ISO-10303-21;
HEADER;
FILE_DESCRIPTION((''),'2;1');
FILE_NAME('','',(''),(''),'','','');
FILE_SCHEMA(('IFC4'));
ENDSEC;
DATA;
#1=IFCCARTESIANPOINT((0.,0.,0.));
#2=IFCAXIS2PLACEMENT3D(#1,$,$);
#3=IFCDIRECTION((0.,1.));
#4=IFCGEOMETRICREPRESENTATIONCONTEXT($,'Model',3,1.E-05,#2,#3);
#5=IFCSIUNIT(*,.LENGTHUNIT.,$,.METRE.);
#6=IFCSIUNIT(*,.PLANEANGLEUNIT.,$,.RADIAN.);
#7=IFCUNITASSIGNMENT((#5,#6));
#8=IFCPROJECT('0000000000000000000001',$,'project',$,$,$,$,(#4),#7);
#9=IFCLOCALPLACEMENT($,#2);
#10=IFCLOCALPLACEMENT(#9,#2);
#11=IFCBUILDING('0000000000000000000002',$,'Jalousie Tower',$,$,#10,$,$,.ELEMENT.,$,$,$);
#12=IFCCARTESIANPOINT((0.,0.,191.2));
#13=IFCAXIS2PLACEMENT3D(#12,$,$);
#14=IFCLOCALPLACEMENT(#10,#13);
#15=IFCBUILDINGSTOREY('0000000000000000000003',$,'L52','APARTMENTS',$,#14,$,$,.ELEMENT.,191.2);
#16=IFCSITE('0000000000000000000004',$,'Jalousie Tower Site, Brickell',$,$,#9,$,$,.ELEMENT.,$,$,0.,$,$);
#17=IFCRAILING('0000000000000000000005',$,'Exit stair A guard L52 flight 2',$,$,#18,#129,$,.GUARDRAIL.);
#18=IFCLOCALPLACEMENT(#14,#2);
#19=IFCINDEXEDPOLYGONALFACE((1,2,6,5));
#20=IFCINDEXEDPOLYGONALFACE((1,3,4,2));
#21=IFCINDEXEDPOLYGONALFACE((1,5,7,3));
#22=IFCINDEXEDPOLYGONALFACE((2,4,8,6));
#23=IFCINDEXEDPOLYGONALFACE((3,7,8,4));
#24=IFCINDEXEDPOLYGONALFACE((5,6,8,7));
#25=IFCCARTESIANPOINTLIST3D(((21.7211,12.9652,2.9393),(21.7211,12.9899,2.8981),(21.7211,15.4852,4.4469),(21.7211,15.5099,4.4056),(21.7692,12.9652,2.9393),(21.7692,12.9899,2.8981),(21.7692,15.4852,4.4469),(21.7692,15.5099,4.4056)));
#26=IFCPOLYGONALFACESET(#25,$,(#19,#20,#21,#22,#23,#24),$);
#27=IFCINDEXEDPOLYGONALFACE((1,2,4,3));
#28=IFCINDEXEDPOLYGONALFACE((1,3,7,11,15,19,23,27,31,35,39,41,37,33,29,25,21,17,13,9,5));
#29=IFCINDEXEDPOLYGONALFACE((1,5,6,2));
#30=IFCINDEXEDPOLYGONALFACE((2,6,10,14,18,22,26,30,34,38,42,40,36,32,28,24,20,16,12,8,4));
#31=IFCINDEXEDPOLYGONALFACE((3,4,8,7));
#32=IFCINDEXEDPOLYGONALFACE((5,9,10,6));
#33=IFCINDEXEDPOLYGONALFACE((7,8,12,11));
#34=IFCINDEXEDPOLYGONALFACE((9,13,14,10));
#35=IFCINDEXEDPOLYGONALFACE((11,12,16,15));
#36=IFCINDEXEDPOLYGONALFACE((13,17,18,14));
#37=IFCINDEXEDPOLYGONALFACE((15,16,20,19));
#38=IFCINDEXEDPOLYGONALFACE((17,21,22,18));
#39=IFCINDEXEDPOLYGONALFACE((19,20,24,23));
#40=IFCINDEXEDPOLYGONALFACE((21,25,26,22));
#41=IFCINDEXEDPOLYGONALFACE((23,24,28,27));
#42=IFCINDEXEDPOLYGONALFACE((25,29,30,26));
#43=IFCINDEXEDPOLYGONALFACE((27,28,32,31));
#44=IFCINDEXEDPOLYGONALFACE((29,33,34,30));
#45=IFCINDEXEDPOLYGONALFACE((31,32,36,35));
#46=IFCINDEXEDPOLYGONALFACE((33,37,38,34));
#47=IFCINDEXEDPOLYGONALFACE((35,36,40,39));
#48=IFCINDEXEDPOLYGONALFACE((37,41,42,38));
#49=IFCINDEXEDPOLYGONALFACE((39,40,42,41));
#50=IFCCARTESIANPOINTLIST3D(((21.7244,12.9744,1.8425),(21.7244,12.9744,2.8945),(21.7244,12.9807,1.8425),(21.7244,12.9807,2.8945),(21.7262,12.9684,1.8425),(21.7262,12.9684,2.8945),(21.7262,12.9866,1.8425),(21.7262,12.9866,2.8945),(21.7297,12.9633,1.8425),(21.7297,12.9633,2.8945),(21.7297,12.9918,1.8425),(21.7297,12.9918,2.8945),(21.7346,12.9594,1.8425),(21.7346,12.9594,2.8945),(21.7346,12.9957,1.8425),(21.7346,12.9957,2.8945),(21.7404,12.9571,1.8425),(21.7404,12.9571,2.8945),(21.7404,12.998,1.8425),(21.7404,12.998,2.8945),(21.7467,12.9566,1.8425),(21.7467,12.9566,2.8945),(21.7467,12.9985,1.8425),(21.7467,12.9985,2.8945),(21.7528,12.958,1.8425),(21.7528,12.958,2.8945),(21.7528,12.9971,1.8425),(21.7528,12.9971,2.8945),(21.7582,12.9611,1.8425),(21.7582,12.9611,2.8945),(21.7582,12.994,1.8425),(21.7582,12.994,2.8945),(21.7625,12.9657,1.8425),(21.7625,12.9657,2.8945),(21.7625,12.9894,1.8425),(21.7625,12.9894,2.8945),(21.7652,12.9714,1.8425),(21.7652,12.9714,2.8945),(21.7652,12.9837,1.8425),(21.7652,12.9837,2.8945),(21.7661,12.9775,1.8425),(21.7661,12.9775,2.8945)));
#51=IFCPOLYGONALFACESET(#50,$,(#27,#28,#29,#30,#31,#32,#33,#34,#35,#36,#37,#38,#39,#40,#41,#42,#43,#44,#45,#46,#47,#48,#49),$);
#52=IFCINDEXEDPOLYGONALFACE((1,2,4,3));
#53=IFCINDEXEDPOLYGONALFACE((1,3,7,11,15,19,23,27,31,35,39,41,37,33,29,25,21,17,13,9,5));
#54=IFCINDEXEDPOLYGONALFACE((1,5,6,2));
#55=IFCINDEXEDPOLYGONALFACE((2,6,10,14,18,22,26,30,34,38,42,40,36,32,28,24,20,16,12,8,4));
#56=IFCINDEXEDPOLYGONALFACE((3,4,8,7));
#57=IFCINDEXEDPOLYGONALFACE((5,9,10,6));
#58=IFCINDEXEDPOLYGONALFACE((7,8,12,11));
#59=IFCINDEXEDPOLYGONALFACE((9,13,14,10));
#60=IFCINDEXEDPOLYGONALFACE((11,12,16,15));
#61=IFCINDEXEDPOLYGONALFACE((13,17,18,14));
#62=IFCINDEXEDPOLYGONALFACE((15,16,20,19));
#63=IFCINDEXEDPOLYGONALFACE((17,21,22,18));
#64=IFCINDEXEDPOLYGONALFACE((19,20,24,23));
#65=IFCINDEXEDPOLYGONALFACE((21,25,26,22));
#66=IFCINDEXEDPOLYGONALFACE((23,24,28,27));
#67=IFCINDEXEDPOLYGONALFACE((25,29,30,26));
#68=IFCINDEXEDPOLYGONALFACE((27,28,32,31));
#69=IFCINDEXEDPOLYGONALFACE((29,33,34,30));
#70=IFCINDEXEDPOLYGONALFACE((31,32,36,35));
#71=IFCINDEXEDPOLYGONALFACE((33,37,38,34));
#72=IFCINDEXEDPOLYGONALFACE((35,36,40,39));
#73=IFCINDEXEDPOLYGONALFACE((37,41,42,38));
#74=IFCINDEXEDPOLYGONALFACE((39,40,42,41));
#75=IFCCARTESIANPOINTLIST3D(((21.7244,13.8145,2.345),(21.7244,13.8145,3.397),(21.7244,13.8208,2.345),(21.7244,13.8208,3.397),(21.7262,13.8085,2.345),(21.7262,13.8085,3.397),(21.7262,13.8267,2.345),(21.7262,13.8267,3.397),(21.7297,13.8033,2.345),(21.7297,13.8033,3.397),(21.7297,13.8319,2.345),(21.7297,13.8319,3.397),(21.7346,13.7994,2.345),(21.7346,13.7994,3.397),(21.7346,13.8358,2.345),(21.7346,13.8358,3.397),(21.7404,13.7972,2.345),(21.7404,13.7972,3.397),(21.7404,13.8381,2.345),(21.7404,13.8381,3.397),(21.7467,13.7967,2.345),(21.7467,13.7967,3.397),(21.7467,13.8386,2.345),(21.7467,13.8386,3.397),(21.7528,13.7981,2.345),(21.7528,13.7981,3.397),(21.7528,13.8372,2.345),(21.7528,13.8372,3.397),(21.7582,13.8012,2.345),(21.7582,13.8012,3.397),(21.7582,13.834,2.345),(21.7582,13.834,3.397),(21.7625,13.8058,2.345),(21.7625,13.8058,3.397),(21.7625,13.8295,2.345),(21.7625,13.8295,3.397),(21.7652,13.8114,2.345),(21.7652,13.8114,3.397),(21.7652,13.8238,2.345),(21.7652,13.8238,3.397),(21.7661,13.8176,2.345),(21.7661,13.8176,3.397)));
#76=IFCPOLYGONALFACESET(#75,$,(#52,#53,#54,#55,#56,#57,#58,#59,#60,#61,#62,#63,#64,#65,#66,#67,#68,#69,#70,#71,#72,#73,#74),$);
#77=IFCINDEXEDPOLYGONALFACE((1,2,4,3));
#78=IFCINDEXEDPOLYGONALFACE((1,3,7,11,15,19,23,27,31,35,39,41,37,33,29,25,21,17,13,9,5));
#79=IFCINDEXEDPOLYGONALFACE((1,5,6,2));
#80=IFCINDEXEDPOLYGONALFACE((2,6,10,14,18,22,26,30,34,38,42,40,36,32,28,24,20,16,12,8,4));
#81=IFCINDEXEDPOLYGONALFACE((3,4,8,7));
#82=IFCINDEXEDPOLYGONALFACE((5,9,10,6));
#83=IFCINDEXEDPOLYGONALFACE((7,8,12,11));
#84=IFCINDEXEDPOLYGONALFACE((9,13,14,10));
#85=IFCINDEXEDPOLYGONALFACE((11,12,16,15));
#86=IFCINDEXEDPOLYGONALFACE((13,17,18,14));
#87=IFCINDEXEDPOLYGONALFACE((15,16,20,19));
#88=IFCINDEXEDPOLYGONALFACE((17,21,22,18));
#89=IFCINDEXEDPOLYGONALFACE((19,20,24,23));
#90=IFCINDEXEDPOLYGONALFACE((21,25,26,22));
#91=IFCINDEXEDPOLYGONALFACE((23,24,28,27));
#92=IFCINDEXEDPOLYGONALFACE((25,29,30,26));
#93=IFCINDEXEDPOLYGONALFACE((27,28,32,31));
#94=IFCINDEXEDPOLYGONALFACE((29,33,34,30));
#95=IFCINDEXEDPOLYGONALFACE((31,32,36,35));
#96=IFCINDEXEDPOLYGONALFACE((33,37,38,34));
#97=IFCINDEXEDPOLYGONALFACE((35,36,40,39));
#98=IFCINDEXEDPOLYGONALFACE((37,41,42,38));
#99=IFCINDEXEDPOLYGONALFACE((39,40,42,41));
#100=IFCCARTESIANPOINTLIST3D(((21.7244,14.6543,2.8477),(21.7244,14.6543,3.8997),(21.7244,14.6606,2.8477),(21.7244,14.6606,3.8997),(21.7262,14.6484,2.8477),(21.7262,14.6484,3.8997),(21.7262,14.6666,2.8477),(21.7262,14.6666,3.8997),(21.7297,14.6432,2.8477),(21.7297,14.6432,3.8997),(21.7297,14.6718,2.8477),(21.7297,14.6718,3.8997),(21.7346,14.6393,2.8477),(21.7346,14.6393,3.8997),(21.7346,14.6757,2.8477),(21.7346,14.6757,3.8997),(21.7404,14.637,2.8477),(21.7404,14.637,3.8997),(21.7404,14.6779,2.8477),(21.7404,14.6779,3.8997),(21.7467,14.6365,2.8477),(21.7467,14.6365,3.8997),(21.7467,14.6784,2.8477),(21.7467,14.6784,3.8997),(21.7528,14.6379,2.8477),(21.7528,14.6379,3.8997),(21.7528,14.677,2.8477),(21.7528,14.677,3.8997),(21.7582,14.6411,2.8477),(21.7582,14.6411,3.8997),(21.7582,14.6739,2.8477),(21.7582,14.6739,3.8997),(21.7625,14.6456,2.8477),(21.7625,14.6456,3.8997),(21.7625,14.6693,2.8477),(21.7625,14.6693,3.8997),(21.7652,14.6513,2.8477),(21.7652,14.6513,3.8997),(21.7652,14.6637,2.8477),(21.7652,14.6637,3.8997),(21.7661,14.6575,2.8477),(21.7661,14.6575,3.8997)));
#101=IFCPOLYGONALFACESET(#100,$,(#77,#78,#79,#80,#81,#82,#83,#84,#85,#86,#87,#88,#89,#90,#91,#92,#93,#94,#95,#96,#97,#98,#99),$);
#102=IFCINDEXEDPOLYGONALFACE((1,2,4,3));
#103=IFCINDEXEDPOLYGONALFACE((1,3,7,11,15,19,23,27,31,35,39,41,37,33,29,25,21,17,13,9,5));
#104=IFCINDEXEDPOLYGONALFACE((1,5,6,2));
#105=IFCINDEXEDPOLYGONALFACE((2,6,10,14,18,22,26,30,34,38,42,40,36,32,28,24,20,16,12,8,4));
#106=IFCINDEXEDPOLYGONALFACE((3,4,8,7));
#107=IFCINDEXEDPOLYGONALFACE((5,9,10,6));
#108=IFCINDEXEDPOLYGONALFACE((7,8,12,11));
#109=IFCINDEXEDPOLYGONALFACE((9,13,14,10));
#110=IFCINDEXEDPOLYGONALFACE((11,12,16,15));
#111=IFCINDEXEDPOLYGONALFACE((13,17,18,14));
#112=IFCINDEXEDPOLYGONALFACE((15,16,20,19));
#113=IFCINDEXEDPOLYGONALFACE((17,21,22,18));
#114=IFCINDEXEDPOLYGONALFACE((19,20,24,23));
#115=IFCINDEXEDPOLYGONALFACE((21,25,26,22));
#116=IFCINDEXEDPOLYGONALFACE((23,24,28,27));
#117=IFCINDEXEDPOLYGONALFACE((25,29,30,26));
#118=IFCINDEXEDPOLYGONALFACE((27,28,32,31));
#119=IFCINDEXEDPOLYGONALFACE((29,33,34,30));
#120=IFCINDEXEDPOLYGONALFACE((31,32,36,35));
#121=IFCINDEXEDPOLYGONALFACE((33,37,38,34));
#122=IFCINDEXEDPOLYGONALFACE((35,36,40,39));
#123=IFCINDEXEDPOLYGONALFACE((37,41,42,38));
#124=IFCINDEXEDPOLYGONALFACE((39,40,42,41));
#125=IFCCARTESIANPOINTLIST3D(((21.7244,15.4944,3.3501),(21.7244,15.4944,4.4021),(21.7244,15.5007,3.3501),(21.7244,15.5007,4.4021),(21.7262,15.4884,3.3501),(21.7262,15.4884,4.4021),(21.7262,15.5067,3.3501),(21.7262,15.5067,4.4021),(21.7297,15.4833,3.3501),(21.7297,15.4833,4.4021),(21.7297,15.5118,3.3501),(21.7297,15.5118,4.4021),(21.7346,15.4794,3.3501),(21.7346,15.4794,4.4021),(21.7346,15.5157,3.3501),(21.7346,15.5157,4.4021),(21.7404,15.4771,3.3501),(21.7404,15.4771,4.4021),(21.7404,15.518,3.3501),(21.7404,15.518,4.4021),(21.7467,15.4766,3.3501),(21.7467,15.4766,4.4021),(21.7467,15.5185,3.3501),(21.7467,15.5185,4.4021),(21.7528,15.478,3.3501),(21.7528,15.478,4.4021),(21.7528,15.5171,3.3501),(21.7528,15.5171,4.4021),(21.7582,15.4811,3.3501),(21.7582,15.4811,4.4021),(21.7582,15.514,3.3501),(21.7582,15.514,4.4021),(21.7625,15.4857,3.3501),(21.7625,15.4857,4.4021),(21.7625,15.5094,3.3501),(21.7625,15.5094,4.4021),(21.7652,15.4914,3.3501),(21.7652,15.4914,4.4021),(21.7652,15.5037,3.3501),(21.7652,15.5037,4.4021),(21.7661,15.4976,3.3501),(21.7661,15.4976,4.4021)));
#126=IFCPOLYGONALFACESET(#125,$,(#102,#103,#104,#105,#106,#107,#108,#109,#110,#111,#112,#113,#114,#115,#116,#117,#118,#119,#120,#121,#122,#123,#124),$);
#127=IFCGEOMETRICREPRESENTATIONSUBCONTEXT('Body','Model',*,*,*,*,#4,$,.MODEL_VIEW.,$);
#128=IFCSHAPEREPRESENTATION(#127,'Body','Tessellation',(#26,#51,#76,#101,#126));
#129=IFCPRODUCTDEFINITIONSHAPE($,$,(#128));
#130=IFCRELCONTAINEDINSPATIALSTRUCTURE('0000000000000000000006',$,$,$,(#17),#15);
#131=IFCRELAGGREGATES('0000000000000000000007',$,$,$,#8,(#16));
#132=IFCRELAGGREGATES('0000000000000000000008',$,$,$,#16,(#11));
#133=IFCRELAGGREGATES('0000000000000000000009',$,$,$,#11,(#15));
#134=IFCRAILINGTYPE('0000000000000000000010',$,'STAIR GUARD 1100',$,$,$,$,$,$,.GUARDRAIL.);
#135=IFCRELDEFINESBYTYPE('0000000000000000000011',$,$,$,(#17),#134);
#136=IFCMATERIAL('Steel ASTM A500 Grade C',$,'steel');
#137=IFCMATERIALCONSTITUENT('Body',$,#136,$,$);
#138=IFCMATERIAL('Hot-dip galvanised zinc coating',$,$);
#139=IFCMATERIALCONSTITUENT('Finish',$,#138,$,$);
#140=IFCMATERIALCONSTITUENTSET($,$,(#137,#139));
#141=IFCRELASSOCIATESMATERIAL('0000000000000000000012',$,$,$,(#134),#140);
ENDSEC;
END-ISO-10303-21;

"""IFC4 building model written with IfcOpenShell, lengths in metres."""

from ifc_helpers import new_model, si_unit, direction, frame, origin, origin_2d, place, context, subcontext, project, spatial, rectangle, circle, extrude, material, constituent, constituent_set, type_object, element, save


model = new_model("IFC4")

# Units and contexts
model_context = context("Model", 3, precision=1e-05, world=origin(), true_north=direction((0.0, 1.0)))
body_context = subcontext(model_context, "Body", "Model", "MODEL_VIEW")
ifc_project = project(units=[si_unit("LENGTHUNIT", "METRE"), si_unit("PLANEANGLEUNIT", "RADIAN")], contexts=[model_context])

# Site, building, storey
site_placement = place(None, origin())
site = spatial("IfcSite", under=ifc_project, at=site_placement, Name="Jalousie Tower Site, Brickell", CompositionType="ELEMENT", RefElevation=0.0)
building_placement = place(site_placement, origin())
building = spatial("IfcBuilding", under=site, at=building_placement, Name="Jalousie Tower", CompositionType="ELEMENT")
storey_placement = place(building_placement, frame((0.0, 0.0, 191.2)))
storey = spatial("IfcBuildingStorey", under=building, at=storey_placement, Name="L52", Description="APARTMENTS", CompositionType="ELEMENT", Elevation=191.2)

# Railing
ifc_material_1 = material(Name="Steel ASTM A500 Grade C", Category="steel")
ifc_constituent_1 = constituent(ifc_material_1, Name="Body")
ifc_material_2 = material(Name="Hot-dip galvanised zinc coating")
ifc_constituent_2 = constituent(ifc_material_2, Name="Finish")
ifc_constituent_set_1 = constituent_set(constituents=[ifc_constituent_1, ifc_constituent_2])
railing_type_1 = type_object("IfcRailingType", Name="STAIR GUARD 1100", PredefinedType="GUARDRAIL", material=ifc_constituent_set_1)
railing_1_placement = place(storey_placement, frame((21.7451, 12.9775, 1.8425)))
element("IfcRailing", 1, at=railing_1_placement, inside=storey, type_object=railing_type_1, Name="Exit stair A guard L52 flight 2", PredefinedType="GUARDRAIL", context=body_context, shape_type="SweptSolid", body=[
    extrude(rectangle(XDim=0.0481, YDim=0.0481, at=origin_2d()), frame((0.0, 0.0, 1.0762), z_axis=(0.0, 0.85816, 0.513383), x_axis=(-1.0, 0.0, 0.0)), (0.0, 0.0, 1.0), 2.9365),
    extrude(circle(Radius=0.021, at=origin_2d()), origin(), (0.0, 0.0, 1.0), 1.052),
    extrude(circle(Radius=0.021, at=origin_2d()), frame((0.0, 0.8401, 0.5024)), (0.0, 0.0, 1.0), 1.052),
    extrude(circle(Radius=0.021, at=origin_2d()), frame((0.0, 1.6799, 1.0051)), (0.0, 0.0, 1.0), 1.052),
    extrude(circle(Radius=0.021, at=origin_2d()), frame((0.0, 2.52, 1.5076)), (0.0, 0.0, 1.0), 1.052),
])

save(model, "model.ifc")
